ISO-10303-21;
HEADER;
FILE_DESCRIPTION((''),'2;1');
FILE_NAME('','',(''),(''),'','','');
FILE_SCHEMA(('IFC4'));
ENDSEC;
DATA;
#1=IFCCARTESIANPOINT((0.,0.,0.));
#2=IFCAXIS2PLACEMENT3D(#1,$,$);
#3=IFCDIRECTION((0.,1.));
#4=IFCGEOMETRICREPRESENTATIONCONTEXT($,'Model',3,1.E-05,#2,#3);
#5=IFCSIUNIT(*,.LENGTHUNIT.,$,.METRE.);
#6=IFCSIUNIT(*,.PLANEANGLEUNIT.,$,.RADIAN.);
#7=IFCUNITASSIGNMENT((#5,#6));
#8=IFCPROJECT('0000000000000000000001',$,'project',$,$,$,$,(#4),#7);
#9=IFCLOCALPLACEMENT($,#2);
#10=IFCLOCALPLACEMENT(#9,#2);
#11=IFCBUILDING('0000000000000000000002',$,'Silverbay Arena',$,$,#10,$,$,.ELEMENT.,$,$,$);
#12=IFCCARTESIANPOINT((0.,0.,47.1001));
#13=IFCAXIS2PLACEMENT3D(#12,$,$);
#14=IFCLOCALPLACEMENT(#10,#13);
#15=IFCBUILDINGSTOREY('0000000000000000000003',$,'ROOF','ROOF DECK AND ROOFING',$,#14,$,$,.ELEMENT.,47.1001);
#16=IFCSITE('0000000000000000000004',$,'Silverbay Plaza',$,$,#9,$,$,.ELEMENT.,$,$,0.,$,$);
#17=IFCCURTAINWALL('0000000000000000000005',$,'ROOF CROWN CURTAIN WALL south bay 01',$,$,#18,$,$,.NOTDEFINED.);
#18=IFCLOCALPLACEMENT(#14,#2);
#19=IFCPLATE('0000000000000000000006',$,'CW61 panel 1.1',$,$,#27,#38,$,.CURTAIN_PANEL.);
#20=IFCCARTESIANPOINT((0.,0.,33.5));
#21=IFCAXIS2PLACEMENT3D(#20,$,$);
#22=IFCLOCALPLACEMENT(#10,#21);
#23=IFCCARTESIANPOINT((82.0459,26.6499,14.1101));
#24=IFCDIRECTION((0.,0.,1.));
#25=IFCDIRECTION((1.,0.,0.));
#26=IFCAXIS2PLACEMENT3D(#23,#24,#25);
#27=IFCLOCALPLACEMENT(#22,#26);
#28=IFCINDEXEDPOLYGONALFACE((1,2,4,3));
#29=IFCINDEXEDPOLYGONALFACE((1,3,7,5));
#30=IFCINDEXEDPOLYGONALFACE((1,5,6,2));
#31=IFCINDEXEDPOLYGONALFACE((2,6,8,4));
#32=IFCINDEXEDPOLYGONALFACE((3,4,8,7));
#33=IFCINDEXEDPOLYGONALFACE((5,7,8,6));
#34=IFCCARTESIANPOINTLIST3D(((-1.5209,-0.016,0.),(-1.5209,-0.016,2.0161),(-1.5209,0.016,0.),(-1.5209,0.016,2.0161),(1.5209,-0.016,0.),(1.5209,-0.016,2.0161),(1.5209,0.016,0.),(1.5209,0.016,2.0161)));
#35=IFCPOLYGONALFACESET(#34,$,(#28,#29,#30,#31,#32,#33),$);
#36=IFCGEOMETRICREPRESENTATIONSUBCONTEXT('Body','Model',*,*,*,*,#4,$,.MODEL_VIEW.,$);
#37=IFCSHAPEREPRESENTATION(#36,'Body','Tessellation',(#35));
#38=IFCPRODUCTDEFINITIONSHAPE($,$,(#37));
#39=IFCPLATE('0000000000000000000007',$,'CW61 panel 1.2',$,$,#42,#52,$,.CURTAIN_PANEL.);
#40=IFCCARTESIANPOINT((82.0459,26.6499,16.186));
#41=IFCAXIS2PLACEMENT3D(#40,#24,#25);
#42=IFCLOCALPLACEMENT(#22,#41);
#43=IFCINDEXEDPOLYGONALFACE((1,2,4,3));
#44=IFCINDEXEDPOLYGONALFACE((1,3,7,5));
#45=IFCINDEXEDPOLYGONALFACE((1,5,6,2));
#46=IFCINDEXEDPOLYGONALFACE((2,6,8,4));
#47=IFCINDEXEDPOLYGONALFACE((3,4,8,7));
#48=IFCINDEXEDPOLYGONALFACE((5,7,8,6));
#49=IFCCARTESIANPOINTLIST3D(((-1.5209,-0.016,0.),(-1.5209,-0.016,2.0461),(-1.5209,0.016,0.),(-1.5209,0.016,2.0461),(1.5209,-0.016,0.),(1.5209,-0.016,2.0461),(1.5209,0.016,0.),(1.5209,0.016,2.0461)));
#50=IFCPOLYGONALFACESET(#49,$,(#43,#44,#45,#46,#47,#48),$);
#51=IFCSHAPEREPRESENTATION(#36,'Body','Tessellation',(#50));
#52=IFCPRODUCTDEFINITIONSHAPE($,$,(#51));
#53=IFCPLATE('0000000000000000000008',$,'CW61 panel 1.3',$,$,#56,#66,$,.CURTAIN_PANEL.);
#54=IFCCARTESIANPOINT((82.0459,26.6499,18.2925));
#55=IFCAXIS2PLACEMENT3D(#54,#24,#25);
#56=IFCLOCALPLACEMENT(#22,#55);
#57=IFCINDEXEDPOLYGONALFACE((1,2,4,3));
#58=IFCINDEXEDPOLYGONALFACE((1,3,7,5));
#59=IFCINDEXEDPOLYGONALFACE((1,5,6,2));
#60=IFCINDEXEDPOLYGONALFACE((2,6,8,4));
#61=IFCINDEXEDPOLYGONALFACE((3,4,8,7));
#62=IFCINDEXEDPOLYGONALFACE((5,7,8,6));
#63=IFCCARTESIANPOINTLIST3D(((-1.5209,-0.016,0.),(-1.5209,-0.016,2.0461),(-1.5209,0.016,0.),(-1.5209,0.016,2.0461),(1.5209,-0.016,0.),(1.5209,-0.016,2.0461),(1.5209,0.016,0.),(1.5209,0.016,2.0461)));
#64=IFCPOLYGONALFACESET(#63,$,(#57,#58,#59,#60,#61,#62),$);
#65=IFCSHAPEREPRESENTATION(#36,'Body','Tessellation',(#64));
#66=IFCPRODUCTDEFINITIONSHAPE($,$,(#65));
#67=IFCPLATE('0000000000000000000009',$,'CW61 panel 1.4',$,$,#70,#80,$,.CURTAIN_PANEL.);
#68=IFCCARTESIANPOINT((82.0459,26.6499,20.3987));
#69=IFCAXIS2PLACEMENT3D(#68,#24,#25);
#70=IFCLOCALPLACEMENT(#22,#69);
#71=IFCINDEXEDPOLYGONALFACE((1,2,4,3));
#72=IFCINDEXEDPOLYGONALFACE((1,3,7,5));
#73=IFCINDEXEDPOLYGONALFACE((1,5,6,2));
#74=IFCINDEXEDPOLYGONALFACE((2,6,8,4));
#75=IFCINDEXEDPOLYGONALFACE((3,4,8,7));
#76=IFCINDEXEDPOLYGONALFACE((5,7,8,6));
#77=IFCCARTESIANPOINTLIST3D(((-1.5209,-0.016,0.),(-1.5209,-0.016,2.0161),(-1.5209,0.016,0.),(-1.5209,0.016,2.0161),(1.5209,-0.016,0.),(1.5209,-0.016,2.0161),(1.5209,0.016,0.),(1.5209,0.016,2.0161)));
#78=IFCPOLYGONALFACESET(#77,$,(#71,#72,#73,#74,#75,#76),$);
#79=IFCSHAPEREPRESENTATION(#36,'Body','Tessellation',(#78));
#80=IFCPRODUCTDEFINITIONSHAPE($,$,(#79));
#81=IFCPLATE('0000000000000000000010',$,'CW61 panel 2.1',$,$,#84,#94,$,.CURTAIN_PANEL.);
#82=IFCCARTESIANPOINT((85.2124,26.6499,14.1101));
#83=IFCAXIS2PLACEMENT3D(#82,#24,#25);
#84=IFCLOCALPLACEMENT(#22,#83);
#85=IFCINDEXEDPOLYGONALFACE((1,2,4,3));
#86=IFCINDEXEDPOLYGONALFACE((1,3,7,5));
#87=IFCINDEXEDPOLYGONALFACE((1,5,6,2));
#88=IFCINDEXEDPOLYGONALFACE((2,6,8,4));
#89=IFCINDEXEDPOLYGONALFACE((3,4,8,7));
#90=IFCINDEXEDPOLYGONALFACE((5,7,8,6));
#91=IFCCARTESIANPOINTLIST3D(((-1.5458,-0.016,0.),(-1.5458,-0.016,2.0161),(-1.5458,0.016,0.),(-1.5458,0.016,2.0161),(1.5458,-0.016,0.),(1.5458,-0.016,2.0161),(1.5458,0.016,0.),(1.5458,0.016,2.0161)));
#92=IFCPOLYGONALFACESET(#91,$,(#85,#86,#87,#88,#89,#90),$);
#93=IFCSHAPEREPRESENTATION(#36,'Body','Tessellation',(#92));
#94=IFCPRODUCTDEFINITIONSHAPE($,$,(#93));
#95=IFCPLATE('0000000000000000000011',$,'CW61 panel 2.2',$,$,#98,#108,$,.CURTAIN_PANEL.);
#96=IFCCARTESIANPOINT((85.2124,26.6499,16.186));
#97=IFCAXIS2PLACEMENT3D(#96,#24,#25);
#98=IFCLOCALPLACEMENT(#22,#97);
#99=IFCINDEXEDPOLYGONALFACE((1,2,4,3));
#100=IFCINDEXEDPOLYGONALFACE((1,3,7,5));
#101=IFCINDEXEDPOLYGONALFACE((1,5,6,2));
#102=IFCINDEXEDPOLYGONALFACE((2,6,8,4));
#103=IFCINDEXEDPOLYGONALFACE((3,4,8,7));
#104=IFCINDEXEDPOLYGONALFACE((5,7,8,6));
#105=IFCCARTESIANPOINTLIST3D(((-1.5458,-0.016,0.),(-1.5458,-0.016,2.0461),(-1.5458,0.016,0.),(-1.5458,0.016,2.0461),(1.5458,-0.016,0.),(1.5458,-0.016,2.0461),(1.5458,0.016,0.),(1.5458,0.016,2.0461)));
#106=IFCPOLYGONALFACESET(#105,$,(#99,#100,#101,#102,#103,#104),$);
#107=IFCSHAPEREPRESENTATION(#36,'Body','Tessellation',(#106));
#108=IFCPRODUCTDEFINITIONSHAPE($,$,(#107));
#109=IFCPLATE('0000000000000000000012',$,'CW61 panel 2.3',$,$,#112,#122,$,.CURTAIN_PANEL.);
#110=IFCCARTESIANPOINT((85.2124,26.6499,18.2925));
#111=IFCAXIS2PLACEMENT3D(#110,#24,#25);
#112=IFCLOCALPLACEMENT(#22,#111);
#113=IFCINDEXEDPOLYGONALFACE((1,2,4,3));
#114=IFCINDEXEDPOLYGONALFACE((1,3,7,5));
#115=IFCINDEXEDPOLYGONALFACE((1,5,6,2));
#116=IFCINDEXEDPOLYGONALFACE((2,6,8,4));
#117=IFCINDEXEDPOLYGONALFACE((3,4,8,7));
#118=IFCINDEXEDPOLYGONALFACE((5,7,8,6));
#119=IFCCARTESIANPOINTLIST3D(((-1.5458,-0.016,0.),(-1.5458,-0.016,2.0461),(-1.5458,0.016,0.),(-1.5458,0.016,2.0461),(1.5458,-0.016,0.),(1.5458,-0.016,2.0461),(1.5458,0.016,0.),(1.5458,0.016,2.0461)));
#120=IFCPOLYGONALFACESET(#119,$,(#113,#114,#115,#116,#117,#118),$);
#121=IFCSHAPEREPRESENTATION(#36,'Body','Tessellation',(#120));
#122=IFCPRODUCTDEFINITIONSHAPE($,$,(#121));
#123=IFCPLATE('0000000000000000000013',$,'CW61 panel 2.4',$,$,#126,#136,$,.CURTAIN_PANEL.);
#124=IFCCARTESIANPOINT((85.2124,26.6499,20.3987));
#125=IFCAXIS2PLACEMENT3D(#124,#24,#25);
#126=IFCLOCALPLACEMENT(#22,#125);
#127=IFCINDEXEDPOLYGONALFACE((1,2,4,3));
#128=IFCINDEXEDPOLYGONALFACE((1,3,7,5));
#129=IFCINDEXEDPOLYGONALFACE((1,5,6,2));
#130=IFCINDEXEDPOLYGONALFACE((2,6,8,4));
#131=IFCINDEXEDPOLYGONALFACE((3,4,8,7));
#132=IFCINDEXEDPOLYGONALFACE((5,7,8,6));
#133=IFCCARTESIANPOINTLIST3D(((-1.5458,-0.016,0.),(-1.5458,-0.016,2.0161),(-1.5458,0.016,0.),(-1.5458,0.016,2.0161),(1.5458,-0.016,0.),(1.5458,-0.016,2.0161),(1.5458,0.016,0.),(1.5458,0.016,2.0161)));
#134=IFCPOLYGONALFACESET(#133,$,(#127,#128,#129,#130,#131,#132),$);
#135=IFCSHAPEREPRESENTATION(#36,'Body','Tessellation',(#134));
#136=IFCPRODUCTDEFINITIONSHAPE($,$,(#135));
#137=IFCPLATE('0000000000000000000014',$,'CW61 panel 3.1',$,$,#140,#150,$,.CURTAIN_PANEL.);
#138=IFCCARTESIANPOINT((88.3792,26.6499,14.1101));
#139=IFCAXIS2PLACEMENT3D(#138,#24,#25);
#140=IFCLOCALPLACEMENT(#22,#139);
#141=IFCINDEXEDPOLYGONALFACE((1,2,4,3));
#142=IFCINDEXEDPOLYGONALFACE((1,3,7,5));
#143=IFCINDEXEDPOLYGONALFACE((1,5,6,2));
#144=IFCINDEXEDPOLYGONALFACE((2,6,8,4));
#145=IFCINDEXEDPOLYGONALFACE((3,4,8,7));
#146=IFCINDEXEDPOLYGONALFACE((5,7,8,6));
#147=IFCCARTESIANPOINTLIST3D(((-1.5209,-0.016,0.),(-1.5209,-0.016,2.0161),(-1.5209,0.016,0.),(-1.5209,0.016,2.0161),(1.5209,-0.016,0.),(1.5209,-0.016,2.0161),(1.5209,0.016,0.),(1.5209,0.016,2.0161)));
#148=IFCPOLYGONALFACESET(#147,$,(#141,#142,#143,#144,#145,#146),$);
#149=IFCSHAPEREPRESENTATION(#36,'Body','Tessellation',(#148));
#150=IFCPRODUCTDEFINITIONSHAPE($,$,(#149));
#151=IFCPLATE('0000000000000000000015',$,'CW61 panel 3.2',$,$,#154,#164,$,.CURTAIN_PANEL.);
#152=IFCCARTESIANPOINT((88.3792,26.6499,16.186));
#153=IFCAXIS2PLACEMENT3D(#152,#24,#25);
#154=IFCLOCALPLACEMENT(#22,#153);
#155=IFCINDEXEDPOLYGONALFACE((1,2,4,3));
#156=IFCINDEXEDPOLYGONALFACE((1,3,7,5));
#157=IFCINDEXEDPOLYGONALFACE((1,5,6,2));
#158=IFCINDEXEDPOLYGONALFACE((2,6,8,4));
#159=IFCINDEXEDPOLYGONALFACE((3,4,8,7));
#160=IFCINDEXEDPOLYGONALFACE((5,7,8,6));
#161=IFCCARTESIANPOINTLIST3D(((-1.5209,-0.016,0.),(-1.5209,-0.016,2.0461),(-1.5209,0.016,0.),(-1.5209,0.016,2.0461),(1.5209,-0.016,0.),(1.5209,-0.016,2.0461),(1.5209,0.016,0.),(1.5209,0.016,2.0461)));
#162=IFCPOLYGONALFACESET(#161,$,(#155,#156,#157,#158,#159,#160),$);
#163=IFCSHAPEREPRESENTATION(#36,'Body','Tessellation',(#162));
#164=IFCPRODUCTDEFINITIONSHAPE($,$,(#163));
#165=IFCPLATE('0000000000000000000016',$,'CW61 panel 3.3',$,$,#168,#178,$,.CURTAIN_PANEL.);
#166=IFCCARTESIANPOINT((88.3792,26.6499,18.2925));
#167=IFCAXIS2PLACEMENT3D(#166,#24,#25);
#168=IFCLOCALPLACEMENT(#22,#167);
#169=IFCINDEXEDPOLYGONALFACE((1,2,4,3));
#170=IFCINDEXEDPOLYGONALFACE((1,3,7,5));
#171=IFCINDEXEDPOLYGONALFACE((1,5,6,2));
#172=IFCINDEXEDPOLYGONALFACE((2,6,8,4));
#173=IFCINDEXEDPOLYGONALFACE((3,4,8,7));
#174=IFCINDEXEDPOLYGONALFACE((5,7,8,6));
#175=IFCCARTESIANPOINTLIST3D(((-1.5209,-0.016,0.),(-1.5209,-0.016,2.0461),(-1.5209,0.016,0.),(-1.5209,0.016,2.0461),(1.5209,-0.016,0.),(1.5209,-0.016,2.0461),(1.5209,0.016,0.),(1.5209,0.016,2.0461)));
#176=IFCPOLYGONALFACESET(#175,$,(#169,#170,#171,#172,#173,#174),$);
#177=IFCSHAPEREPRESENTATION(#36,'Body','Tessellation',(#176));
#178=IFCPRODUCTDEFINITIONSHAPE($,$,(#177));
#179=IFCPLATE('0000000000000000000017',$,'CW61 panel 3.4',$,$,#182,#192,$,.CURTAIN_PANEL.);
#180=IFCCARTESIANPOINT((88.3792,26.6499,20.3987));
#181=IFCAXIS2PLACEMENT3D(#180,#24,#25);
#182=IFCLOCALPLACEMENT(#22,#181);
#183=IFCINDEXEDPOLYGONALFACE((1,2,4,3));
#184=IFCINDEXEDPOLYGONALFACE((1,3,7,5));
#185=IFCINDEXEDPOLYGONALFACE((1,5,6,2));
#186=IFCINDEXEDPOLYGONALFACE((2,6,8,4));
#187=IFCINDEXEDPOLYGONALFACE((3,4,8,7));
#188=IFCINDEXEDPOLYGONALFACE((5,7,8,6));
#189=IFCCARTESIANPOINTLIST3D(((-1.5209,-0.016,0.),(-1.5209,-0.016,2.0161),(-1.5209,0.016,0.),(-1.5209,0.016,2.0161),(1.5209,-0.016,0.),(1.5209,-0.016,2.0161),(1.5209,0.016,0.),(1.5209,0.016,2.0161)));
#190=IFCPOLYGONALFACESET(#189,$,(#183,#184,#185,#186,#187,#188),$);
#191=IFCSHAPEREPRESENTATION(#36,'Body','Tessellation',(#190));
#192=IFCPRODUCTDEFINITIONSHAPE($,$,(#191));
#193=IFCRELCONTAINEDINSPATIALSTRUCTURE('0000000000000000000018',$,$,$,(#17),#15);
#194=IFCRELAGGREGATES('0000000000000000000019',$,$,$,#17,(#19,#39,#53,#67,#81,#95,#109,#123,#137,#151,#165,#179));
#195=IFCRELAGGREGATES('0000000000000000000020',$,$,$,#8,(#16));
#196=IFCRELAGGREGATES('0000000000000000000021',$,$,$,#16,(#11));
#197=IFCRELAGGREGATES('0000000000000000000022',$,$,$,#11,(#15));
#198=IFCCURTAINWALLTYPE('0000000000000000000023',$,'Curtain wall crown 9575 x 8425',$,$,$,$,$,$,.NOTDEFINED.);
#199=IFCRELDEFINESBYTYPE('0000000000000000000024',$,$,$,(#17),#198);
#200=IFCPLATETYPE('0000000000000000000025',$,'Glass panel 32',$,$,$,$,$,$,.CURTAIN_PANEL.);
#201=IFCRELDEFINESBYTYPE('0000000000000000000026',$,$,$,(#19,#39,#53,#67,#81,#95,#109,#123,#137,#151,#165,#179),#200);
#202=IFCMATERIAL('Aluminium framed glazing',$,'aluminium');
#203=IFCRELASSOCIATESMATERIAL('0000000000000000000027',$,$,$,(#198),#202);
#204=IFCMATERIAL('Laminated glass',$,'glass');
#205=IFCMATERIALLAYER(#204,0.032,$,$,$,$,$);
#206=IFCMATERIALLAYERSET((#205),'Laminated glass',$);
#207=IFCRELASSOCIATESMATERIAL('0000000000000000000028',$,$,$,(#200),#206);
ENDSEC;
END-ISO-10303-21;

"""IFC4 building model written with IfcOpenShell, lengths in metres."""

from ifc_helpers import new_model, si_unit, direction, frame, origin, origin_2d, place, context, subcontext, project, spatial, rectangle, extrude, material, layer, layer_set, type_object, element, aggregate, save


model = new_model("IFC4")

# Units and contexts
model_context = context("Model", 3, precision=1e-05, world=origin(), true_north=direction((0.0, 1.0)))
body_context = subcontext(model_context, "Body", "Model", "MODEL_VIEW")
ifc_project = project(units=[si_unit("LENGTHUNIT", "METRE"), si_unit("PLANEANGLEUNIT", "RADIAN")], contexts=[model_context])

# Site, building, storey
site_placement = place(None, origin())
site = spatial("IfcSite", under=ifc_project, at=site_placement, Name="Silverbay Plaza", CompositionType="ELEMENT", RefElevation=0.0)
building_placement = place(site_placement, origin())
building = spatial("IfcBuilding", under=site, at=building_placement, Name="Silverbay Arena", CompositionType="ELEMENT")
storey_placement = place(building_placement, frame((0.0, 0.0, 47.1001)))
storey = spatial("IfcBuildingStorey", under=building, at=storey_placement, Name="ROOF", Description="ROOF DECK AND ROOFING", CompositionType="ELEMENT", Elevation=47.1001)

# Curtain wall
ifc_material_1 = material(Name="Aluminium framed glazing", Category="aluminium")
curtain_wall_type = type_object("IfcCurtainWallType", Name="Curtain wall crown 9575 x 8425", PredefinedType="NOTDEFINED", material=ifc_material_1)
curtain_wall_placement = place(storey_placement, origin())
curtain_wall = element("IfcCurtainWall", 1, at=curtain_wall_placement, inside=storey, type_object=curtain_wall_type, Name="ROOF CROWN CURTAIN WALL south bay 01", PredefinedType="NOTDEFINED")
placement = place(building_placement, frame((0.0, 0.0, 33.5)))

# Plates
ifc_material_2 = material(Name="Laminated glass", Category="glass")
ifc_layer_1 = layer(ifc_material_2, 0.032)
ifc_layer_set_1 = layer_set([ifc_layer_1], Name="Laminated glass")
plate_type = type_object("IfcPlateType", Name="Glass panel 32", PredefinedType="CURTAIN_PANEL", material=ifc_layer_set_1)
plate_1_placement = place(placement, frame((82.0459, 26.6499, 14.1101), z_axis=(0.0, 0.0, 1.0), x_axis=(1.0, 0.0, 0.0)))
plate_1 = element("IfcPlate", 2, at=plate_1_placement, type_object=plate_type, Name="CW61 panel 1.1", PredefinedType="CURTAIN_PANEL", context=body_context, shape_type="SweptSolid", body=[
    extrude(rectangle(XDim=3.0417, YDim=0.032, at=origin_2d()), origin(), (0.0, 0.0, 1.0), 2.0161),
])
plate_2_placement = place(placement, frame((82.0459, 26.6499, 16.186), z_axis=(0.0, 0.0, 1.0), x_axis=(1.0, 0.0, 0.0)))
plate_2 = element("IfcPlate", 3, at=plate_2_placement, type_object=plate_type, Name="CW61 panel 1.2", PredefinedType="CURTAIN_PANEL", context=body_context, shape_type="SweptSolid", body=[
    extrude(rectangle(XDim=3.0417, YDim=0.032, at=origin_2d()), origin(), (0.0, 0.0, 1.0), 2.0461),
])
plate_3_placement = place(placement, frame((82.0459, 26.6499, 18.2925), z_axis=(0.0, 0.0, 1.0), x_axis=(1.0, 0.0, 0.0)))
plate_3 = element("IfcPlate", 4, at=plate_3_placement, type_object=plate_type, Name="CW61 panel 1.3", PredefinedType="CURTAIN_PANEL", context=body_context, shape_type="SweptSolid", body=[
    extrude(rectangle(XDim=3.0417, YDim=0.032, at=origin_2d()), origin(), (0.0, 0.0, 1.0), 2.0461),
])
plate_4_placement = place(placement, frame((82.0459, 26.6499, 20.3987), z_axis=(0.0, 0.0, 1.0), x_axis=(1.0, 0.0, 0.0)))
plate_4 = element("IfcPlate", 5, at=plate_4_placement, type_object=plate_type, Name="CW61 panel 1.4", PredefinedType="CURTAIN_PANEL", context=body_context, shape_type="SweptSolid", body=[
    extrude(rectangle(XDim=3.0417, YDim=0.032, at=origin_2d()), origin(), (0.0, 0.0, 1.0), 2.0161),
])
plate_5_placement = place(placement, frame((85.2124, 26.6499, 14.1101), z_axis=(0.0, 0.0, 1.0), x_axis=(1.0, 0.0, 0.0)))
plate_5 = element("IfcPlate", 6, at=plate_5_placement, type_object=plate_type, Name="CW61 panel 2.1", PredefinedType="CURTAIN_PANEL", context=body_context, shape_type="SweptSolid", body=[
    extrude(rectangle(XDim=3.0916, YDim=0.032, at=origin_2d()), origin(), (0.0, 0.0, 1.0), 2.0161),
])
plate_6_placement = place(placement, frame((85.2124, 26.6499, 16.186), z_axis=(0.0, 0.0, 1.0), x_axis=(1.0, 0.0, 0.0)))
plate_6 = element("IfcPlate", 7, at=plate_6_placement, type_object=plate_type, Name="CW61 panel 2.2", PredefinedType="CURTAIN_PANEL", context=body_context, shape_type="SweptSolid", body=[
    extrude(rectangle(XDim=3.0916, YDim=0.032, at=origin_2d()), origin(), (0.0, 0.0, 1.0), 2.0461),
])
plate_7_placement = place(placement, frame((85.2124, 26.6499, 18.2925), z_axis=(0.0, 0.0, 1.0), x_axis=(1.0, 0.0, 0.0)))
plate_7 = element("IfcPlate", 8, at=plate_7_placement, type_object=plate_type, Name="CW61 panel 2.3", PredefinedType="CURTAIN_PANEL", context=body_context, shape_type="SweptSolid", body=[
    extrude(rectangle(XDim=3.0916, YDim=0.032, at=origin_2d()), origin(), (0.0, 0.0, 1.0), 2.0461),
])
plate_8_placement = place(placement, frame((85.2124, 26.6499, 20.3987), z_axis=(0.0, 0.0, 1.0), x_axis=(1.0, 0.0, 0.0)))
plate_8 = element("IfcPlate", 9, at=plate_8_placement, type_object=plate_type, Name="CW61 panel 2.4", PredefinedType="CURTAIN_PANEL", context=body_context, shape_type="SweptSolid", body=[
    extrude(rectangle(XDim=3.0916, YDim=0.032, at=origin_2d()), origin(), (0.0, 0.0, 1.0), 2.0161),
])
plate_9_placement = place(placement, frame((88.3792, 26.6499, 14.1101), z_axis=(0.0, 0.0, 1.0), x_axis=(1.0, 0.0, 0.0)))
plate_9 = element("IfcPlate", 10, at=plate_9_placement, type_object=plate_type, Name="CW61 panel 3.1", PredefinedType="CURTAIN_PANEL", context=body_context, shape_type="SweptSolid", body=[
    extrude(rectangle(XDim=3.0417, YDim=0.032, at=origin_2d()), origin(), (0.0, 0.0, 1.0), 2.0161),
])
plate_10_placement = place(placement, frame((88.3792, 26.6499, 16.186), z_axis=(0.0, 0.0, 1.0), x_axis=(1.0, 0.0, 0.0)))
plate_10 = element("IfcPlate", 11, at=plate_10_placement, type_object=plate_type, Name="CW61 panel 3.2", PredefinedType="CURTAIN_PANEL", context=body_context, shape_type="SweptSolid", body=[
    extrude(rectangle(XDim=3.0417, YDim=0.032, at=origin_2d()), origin(), (0.0, 0.0, 1.0), 2.0461),
])
plate_11_placement = place(placement, frame((88.3792, 26.6499, 18.2925), z_axis=(0.0, 0.0, 1.0), x_axis=(1.0, 0.0, 0.0)))
plate_11 = element("IfcPlate", 12, at=plate_11_placement, type_object=plate_type, Name="CW61 panel 3.3", PredefinedType="CURTAIN_PANEL", context=body_context, shape_type="SweptSolid", body=[
    extrude(rectangle(XDim=3.0417, YDim=0.032, at=origin_2d()), origin(), (0.0, 0.0, 1.0), 2.0461),
])
plate_12_placement = place(placement, frame((88.3792, 26.6499, 20.3987), z_axis=(0.0, 0.0, 1.0), x_axis=(1.0, 0.0, 0.0)))
plate_12 = element("IfcPlate", 13, at=plate_12_placement, type_object=plate_type, Name="CW61 panel 3.4", PredefinedType="CURTAIN_PANEL", context=body_context, shape_type="SweptSolid", body=[
    extrude(rectangle(XDim=3.0417, YDim=0.032, at=origin_2d()), origin(), (0.0, 0.0, 1.0), 2.0161),
])
aggregate(curtain_wall, [plate_1, plate_2, plate_3, plate_4, plate_5, plate_6, plate_7, plate_8, plate_9, plate_10, plate_11, plate_12])

save(model, "model.ifc")
